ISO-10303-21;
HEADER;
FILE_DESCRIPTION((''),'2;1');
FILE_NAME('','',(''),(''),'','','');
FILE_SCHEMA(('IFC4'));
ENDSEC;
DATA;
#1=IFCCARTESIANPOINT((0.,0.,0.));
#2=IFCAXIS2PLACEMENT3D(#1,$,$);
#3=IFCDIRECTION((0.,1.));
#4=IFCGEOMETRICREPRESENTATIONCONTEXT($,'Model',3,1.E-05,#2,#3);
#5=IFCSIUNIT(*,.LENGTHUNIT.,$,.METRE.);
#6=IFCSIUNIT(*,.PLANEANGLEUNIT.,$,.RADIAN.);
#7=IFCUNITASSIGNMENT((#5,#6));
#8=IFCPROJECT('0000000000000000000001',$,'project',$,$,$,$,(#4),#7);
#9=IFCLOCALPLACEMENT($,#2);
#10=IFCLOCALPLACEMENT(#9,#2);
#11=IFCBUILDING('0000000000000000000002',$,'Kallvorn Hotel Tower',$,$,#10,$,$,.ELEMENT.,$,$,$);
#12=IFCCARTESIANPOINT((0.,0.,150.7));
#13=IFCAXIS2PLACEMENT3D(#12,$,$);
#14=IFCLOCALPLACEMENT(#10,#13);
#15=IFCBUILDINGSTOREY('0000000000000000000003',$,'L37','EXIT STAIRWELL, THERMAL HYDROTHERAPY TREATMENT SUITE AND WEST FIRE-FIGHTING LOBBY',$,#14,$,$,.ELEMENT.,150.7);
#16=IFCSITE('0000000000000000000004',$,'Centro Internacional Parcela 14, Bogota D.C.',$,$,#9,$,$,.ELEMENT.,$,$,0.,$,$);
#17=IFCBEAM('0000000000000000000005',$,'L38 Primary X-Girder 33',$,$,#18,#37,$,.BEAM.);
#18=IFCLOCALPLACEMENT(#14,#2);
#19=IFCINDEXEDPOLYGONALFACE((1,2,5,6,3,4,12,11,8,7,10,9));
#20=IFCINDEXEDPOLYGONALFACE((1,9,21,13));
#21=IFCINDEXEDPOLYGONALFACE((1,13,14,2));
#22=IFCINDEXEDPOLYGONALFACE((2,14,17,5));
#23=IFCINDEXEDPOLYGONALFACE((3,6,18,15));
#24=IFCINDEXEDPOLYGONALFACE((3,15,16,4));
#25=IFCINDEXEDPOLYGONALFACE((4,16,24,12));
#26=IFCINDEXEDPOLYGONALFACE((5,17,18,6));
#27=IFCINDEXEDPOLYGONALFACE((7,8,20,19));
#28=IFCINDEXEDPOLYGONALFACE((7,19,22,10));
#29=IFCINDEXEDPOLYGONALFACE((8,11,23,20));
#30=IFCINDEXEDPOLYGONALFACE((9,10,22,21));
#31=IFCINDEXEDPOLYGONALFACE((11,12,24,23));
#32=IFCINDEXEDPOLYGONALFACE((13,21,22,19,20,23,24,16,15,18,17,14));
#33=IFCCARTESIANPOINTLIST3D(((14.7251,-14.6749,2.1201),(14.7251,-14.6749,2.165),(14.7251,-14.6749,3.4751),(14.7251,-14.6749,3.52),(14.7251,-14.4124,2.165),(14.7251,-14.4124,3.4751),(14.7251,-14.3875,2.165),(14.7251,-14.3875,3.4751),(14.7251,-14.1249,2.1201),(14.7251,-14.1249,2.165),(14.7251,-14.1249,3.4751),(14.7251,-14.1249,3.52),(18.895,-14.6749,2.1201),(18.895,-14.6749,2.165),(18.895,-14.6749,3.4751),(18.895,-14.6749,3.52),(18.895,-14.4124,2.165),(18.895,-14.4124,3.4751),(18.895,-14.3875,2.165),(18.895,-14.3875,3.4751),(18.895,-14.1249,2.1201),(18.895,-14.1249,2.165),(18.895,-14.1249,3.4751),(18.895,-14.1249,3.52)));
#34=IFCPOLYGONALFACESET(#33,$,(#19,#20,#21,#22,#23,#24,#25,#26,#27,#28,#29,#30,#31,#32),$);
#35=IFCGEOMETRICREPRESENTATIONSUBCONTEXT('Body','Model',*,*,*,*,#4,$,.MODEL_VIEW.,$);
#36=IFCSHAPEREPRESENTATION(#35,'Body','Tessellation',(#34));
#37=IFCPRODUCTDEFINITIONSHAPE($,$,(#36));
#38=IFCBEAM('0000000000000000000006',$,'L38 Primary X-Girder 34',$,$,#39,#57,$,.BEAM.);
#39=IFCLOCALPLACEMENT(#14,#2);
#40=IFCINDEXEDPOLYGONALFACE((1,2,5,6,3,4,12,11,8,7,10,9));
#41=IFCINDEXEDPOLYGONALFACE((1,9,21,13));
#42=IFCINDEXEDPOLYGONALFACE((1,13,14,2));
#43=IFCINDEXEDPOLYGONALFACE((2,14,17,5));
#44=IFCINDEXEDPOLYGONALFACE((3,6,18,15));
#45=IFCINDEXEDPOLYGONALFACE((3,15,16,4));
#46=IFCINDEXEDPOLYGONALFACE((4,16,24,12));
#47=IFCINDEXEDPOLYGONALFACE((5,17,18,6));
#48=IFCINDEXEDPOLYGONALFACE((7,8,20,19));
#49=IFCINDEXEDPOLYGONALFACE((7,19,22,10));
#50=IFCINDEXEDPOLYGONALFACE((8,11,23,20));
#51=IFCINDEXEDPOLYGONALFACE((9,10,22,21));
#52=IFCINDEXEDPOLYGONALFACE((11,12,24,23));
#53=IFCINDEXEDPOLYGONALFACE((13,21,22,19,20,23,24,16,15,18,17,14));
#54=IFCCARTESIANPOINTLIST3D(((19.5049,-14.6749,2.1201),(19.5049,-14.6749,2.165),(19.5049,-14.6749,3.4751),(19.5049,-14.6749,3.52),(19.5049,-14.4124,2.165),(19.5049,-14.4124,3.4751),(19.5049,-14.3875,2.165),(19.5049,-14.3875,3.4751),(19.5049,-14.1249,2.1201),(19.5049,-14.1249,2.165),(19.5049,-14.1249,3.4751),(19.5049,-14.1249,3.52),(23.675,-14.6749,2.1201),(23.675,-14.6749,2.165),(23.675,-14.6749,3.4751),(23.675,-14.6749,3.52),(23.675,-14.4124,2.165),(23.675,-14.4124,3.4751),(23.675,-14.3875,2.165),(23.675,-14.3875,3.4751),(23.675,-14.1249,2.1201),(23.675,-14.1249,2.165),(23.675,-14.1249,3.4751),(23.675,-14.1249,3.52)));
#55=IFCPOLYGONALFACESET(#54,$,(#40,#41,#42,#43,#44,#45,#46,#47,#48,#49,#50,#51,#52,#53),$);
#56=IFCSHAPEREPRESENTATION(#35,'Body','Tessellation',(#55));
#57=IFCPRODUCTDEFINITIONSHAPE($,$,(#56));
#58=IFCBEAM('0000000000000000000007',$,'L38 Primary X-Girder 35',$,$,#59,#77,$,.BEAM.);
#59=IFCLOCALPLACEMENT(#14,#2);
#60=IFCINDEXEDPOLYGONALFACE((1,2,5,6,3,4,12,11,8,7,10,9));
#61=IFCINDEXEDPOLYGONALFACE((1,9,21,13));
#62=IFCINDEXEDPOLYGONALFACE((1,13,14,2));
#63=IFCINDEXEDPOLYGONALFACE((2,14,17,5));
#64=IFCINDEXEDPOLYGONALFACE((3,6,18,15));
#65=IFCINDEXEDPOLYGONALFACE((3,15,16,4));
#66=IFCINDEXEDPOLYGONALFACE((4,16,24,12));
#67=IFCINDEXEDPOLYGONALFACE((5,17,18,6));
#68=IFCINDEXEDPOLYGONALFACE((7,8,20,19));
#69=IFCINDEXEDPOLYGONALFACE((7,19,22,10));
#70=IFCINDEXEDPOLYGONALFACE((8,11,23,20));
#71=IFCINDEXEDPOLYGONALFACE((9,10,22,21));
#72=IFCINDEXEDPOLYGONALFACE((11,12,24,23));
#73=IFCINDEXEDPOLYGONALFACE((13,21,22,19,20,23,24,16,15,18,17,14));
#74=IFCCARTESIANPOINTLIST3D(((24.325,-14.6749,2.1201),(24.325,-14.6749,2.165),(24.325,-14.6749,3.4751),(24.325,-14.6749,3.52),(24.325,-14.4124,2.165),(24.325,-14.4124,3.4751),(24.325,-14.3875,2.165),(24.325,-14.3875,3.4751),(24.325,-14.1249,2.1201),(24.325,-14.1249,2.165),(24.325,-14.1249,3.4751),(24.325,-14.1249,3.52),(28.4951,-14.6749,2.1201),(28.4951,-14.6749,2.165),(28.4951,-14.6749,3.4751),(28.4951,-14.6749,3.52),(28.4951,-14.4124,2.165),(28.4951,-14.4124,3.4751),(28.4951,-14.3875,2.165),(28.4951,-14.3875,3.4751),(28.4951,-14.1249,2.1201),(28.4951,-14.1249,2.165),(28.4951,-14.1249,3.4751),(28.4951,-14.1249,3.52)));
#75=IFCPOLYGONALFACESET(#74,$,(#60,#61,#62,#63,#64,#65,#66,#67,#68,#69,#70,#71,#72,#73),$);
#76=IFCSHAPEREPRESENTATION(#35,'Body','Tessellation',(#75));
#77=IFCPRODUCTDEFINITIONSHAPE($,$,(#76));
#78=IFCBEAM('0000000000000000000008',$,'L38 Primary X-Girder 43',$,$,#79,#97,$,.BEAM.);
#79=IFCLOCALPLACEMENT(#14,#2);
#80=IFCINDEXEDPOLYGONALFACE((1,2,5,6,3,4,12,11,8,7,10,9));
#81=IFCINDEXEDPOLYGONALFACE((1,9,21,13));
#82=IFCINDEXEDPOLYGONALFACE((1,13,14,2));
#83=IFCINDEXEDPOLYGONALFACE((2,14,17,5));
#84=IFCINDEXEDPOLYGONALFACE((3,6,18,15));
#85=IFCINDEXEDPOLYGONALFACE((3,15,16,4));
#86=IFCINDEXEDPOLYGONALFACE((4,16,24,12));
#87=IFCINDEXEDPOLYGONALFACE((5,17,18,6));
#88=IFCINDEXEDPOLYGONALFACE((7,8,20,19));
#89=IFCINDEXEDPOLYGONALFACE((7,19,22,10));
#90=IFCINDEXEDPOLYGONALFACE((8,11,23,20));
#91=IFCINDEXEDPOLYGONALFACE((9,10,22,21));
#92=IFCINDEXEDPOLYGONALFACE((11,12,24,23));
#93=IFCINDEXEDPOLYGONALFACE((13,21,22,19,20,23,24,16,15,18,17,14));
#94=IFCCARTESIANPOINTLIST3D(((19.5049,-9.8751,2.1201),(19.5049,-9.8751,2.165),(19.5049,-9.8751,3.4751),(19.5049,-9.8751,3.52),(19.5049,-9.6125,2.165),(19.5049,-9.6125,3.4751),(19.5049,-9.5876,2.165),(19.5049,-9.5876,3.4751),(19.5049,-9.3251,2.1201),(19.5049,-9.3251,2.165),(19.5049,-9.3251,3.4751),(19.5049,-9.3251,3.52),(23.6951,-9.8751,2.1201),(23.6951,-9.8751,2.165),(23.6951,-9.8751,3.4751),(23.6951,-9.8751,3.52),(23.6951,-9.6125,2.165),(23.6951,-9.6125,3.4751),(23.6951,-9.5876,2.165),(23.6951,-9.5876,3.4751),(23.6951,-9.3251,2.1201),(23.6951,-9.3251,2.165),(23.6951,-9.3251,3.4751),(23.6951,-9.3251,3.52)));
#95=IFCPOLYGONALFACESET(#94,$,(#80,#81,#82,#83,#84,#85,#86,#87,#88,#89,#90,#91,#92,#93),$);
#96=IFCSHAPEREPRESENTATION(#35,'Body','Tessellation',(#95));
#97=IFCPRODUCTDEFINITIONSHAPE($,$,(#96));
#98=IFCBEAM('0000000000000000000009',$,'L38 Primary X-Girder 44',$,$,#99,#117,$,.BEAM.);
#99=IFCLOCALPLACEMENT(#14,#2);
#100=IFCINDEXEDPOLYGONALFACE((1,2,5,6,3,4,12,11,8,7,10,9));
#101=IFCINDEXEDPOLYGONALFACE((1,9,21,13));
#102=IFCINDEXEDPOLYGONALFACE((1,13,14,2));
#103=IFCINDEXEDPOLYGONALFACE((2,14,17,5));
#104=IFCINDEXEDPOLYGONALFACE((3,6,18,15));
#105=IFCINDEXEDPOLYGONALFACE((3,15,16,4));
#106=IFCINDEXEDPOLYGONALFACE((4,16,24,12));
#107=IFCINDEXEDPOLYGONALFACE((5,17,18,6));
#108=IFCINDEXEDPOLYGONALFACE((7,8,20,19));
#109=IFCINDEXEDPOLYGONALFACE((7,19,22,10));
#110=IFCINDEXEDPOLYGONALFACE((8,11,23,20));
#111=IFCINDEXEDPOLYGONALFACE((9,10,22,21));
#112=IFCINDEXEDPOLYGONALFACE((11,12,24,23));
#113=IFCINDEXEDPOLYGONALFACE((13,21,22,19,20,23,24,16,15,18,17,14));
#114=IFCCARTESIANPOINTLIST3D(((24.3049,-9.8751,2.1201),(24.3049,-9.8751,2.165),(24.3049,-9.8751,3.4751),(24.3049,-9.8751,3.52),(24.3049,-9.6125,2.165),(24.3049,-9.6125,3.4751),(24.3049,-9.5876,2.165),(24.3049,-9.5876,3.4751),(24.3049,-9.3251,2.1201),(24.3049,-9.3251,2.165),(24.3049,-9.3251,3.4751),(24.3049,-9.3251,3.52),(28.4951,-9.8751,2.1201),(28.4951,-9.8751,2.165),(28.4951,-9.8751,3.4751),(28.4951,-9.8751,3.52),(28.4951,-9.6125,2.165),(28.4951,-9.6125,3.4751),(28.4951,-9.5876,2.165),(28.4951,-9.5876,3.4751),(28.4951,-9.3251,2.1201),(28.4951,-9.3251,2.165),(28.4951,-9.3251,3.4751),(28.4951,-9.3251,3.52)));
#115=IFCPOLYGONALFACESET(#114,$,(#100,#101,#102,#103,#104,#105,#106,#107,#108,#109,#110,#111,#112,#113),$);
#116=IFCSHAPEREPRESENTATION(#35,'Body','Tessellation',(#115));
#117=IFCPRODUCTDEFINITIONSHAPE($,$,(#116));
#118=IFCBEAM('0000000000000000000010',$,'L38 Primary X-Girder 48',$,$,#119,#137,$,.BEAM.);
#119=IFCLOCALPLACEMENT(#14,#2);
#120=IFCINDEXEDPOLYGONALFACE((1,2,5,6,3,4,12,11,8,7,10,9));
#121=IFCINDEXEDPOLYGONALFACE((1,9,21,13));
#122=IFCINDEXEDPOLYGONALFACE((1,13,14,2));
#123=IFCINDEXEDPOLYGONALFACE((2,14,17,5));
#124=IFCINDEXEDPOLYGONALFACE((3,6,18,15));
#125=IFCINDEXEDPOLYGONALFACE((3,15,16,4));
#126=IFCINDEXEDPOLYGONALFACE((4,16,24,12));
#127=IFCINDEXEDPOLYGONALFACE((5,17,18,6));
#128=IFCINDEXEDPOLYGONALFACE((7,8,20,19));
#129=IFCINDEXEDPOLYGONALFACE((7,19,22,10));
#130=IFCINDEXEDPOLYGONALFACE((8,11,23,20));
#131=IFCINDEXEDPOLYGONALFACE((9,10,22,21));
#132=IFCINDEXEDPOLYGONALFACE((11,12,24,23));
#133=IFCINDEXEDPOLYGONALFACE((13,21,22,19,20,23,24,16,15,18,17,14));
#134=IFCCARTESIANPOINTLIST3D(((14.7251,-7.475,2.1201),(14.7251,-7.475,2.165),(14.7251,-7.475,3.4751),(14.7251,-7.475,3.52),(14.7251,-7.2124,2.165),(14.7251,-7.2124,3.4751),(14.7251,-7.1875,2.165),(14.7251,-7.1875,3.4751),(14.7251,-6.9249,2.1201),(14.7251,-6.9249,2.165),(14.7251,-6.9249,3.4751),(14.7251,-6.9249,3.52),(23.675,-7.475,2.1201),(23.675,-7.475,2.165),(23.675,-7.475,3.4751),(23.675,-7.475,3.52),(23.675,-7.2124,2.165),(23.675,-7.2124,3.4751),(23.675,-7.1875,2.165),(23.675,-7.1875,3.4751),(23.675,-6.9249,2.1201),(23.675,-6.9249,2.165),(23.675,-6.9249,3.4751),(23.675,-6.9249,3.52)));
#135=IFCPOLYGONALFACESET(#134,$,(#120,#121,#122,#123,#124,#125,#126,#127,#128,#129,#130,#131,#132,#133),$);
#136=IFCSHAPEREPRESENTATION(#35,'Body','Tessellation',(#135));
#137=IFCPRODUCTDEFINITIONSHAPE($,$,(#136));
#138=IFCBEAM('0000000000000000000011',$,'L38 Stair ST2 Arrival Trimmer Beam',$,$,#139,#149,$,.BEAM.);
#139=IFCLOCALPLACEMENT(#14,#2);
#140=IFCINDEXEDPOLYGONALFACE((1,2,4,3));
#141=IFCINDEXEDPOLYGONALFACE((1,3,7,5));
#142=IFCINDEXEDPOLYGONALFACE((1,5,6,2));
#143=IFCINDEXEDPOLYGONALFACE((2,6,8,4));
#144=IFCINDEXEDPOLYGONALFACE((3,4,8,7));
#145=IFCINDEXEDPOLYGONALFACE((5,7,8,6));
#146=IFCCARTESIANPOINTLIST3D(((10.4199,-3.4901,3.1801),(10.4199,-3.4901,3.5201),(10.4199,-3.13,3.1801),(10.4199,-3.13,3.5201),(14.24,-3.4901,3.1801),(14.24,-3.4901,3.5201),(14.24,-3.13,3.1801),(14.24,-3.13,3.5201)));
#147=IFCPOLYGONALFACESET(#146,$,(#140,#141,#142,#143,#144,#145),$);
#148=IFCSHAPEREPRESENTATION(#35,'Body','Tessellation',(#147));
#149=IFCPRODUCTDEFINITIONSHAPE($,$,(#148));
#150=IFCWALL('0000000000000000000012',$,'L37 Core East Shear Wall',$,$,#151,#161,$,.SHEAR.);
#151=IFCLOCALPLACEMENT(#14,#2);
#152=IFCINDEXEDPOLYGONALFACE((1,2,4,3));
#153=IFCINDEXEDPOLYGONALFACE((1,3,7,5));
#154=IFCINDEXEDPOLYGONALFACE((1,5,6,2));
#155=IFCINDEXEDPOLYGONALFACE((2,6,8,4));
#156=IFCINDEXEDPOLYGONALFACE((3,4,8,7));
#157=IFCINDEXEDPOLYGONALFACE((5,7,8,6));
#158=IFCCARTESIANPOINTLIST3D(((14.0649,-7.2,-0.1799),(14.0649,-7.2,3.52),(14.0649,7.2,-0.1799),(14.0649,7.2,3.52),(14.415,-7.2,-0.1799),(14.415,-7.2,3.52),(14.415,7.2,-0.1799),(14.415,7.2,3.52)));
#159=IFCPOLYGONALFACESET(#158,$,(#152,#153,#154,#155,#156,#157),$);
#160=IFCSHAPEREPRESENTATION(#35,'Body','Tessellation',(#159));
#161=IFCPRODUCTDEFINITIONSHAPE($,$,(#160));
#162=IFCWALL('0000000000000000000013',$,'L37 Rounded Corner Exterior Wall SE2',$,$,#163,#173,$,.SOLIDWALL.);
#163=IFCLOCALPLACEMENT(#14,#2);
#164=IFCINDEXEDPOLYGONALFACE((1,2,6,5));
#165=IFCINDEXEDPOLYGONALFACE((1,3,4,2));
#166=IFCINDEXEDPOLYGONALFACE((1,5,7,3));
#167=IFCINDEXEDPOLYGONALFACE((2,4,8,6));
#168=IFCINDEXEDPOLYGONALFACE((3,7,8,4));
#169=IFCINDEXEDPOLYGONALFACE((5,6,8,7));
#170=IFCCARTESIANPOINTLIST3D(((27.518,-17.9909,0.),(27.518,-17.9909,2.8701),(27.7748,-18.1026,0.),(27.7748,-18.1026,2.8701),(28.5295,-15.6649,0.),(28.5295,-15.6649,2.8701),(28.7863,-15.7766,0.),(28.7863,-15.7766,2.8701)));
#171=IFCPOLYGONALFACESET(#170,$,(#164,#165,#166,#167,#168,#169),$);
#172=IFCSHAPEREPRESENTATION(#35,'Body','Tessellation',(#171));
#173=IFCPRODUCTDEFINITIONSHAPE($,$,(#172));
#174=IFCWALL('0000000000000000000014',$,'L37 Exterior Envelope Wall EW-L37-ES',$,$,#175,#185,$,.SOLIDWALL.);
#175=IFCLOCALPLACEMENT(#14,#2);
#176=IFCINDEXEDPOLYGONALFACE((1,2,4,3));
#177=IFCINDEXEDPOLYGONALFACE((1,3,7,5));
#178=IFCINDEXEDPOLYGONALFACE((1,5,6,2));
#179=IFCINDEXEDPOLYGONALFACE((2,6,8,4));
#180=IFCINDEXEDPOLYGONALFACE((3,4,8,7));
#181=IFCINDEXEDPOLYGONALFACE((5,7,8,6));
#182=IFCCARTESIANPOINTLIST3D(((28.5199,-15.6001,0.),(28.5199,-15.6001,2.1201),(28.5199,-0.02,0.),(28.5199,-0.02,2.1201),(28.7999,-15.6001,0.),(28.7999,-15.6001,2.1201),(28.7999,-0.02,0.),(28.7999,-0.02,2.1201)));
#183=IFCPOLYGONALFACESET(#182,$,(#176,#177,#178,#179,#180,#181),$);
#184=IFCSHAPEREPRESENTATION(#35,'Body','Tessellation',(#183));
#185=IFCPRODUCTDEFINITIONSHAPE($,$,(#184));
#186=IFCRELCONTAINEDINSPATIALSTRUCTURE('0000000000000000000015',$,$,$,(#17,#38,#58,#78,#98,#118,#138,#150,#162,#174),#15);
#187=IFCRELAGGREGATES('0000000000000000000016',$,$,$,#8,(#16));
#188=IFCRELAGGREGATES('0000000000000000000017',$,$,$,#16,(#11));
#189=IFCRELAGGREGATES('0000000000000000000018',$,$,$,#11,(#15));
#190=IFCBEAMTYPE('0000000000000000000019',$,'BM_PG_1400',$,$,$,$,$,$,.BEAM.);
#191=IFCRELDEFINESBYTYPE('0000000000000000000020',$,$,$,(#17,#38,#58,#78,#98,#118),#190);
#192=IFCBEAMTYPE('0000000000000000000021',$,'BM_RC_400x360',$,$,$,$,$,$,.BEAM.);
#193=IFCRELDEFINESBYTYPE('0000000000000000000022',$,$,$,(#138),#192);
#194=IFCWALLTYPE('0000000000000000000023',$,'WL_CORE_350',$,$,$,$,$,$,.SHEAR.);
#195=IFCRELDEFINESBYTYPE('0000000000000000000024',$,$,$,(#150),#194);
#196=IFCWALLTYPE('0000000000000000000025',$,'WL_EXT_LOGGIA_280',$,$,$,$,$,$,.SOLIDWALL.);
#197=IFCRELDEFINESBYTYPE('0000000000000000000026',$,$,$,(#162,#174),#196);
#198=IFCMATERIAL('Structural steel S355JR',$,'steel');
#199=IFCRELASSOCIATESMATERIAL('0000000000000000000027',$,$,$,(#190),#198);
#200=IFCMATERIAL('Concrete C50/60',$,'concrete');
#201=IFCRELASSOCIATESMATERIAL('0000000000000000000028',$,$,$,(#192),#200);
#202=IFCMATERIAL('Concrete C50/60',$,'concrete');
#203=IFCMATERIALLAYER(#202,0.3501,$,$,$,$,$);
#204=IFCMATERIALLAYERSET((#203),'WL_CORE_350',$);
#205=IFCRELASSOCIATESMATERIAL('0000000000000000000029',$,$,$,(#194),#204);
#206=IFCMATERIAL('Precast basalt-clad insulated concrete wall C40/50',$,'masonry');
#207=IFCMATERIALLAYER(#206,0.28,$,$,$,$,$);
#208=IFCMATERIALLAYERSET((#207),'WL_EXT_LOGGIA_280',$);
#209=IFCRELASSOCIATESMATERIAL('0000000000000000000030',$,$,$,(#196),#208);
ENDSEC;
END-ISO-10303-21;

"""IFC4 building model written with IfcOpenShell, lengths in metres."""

from ifc_helpers import new_model, si_unit, direction, frame, frame_2d, origin, origin_2d, place, context, subcontext, project, spatial, rectangle, i_section, extrude, material, layer, layer_set, material_profile, profile_set, type_object, element, save


model = new_model("IFC4")

# Units and contexts
model_context = context("Model", 3, precision=1e-05, world=origin(), true_north=direction((0.0, 1.0)))
body_context = subcontext(model_context, "Body", "Model", "MODEL_VIEW")
ifc_project = project(units=[si_unit("LENGTHUNIT", "METRE"), si_unit("PLANEANGLEUNIT", "RADIAN")], contexts=[model_context])

# Site, building, storey
site_placement = place(None, origin())
site = spatial("IfcSite", under=ifc_project, at=site_placement, Name="Centro Internacional Parcela 14, Bogota D.C.", CompositionType="ELEMENT", RefElevation=0.0)
building_placement = place(site_placement, origin())
building = spatial("IfcBuilding", under=site, at=building_placement, Name="Kallvorn Hotel Tower", CompositionType="ELEMENT")
storey_placement = place(building_placement, frame((0.0, 0.0, 150.7)))
storey = spatial("IfcBuildingStorey", under=building, at=storey_placement, Name="L37", Description="EXIT STAIRWELL, THERMAL HYDROTHERAPY TREATMENT SUITE AND WEST FIRE-FIGHTING LOBBY", CompositionType="ELEMENT", Elevation=150.7)

# Beams
ifc_material_1 = material(Name="Structural steel S355JR", Category="steel")
ifc_material_profile_1 = material_profile(ifc_material_1, i_section(OverallWidth=0.55, OverallDepth=1.3999, WebThickness=0.0249, FlangeThickness=0.0449, at=origin_2d()), Name="PG 1400x550x25x45")
ifc_profile_set_1 = profile_set([ifc_material_profile_1], Name="Structural steel S355JR")
beam_type_1 = type_object("IfcBeamType", Name="BM_PG_1400", PredefinedType="BEAM", material=ifc_profile_set_1)
beam_1_placement = place(storey_placement, frame((14.7251, -14.3999, 2.8201), z_axis=(1.0, 0.0, 0.0), x_axis=(0.0, 1.0, 0.0)))
element("IfcBeam", 1, at=beam_1_placement, inside=storey, type_object=beam_type_1, Name="L38 Primary X-Girder 33", PredefinedType="BEAM", context=body_context, shape_type="SweptSolid", body=[
    extrude(i_section(OverallWidth=0.55, OverallDepth=1.3999, WebThickness=0.0249, FlangeThickness=0.0449, at=origin_2d()), origin(), (0.0, 0.0, 1.0), 4.1699),
])
for number, where, z_axis, x_axis, name in (
    (2, (19.5049, -14.3999, 2.8201), (1.0, 0.0, 0.0), (0.0, 1.0, 0.0), "L38 Primary X-Girder 34"),
    (3, (24.325, -14.3999, 2.8201), (1.0, 0.0, 0.0), (0.0, 1.0, 0.0), "L38 Primary X-Girder 35"),
):
    element("IfcBeam", number, at=place(storey_placement, frame(where, z_axis=z_axis, x_axis=x_axis)), inside=storey, type_object=beam_type_1, Name=name, PredefinedType="BEAM", context=body_context, shape_type="SweptSolid", body=[
        extrude(i_section(OverallWidth=0.55, OverallDepth=1.3999, WebThickness=0.0249, FlangeThickness=0.0449, at=origin_2d()), origin(), (0.0, 0.0, 1.0), 4.1702),
    ])
for number, where, z_axis, x_axis, name in (
    (4, (19.5049, -9.6001, 2.8201), (1.0, 0.0, 0.0), (0.0, 1.0, 0.0), "L38 Primary X-Girder 43"),
    (5, (24.3049, -9.6001, 2.8201), (1.0, 0.0, 0.0), (0.0, 1.0, 0.0), "L38 Primary X-Girder 44"),
):
    element("IfcBeam", number, at=place(storey_placement, frame(where, z_axis=z_axis, x_axis=x_axis)), inside=storey, type_object=beam_type_1, Name=name, PredefinedType="BEAM", context=body_context, shape_type="SweptSolid", body=[
        extrude(i_section(OverallWidth=0.55, OverallDepth=1.3999, WebThickness=0.0249, FlangeThickness=0.0449, at=origin_2d()), origin(), (0.0, 0.0, 1.0), 4.1902),
    ])
beam_2_placement = place(storey_placement, frame((14.7251, -7.2, 2.8201), z_axis=(1.0, 0.0, 0.0), x_axis=(0.0, 1.0, 0.0)))
element("IfcBeam", 6, at=beam_2_placement, inside=storey, type_object=beam_type_1, Name="L38 Primary X-Girder 48", PredefinedType="BEAM", context=body_context, shape_type="SweptSolid", body=[
    extrude(i_section(OverallWidth=0.55, OverallDepth=1.3999, WebThickness=0.0249, FlangeThickness=0.0449, at=origin_2d()), origin(), (0.0, 0.0, 1.0), 8.95),
])
ifc_material_2 = material(Name="Concrete C50/60", Category="concrete")
ifc_material_profile_2 = material_profile(ifc_material_2, rectangle(XDim=0.3601, YDim=0.3401, at=origin_2d()), Name="RC 360x340")
ifc_profile_set_2 = profile_set([ifc_material_profile_2], Name="Concrete C50/60")
beam_type_2 = type_object("IfcBeamType", Name="BM_RC_400x360", PredefinedType="BEAM", material=ifc_profile_set_2)
beam_3_placement = place(storey_placement, frame((14.24, -3.3101, 3.3501), z_axis=(-1.0, 0.0, 0.0), x_axis=(0.0, -1.0, 0.0)))
element("IfcBeam", 7, at=beam_3_placement, inside=storey, type_object=beam_type_2, Name="L38 Stair ST2 Arrival Trimmer Beam", PredefinedType="BEAM", context=body_context, shape_type="SweptSolid", body=[
    extrude(rectangle(XDim=0.3601, YDim=0.3401, at=origin_2d()), origin(), (0.0, 0.0, 1.0), 3.8201),
])

# Walls
ifc_material_3 = material(Name="Concrete C50/60", Category="concrete")
ifc_layer_1 = layer(ifc_material_3, 0.3501)
ifc_layer_set_1 = layer_set([ifc_layer_1], Name="WL_CORE_350")
wall_type_1 = type_object("IfcWallType", Name="WL_CORE_350", PredefinedType="SHEAR", material=ifc_layer_set_1)
wall_1_placement = place(storey_placement, frame((14.24, -7.2, -0.1799), z_axis=(0.0, 0.0, 1.0), x_axis=(0.0, 1.0, 0.0)))
element("IfcWall", 8, at=wall_1_placement, inside=storey, type_object=wall_type_1, Name="L37 Core East Shear Wall", PredefinedType="SHEAR", context=body_context, shape_type="SweptSolid", body=[
    extrude(rectangle(XDim=14.3999, YDim=0.3501, at=frame_2d((7.2, 0.0))), origin(), (0.0, 0.0, 1.0), 3.7),
])
ifc_material_4 = material(Name="Precast basalt-clad insulated concrete wall C40/50", Category="masonry")
ifc_layer_2 = layer(ifc_material_4, 0.28)
ifc_layer_set_2 = layer_set([ifc_layer_2], Name="WL_EXT_LOGGIA_280")
wall_type_2 = type_object("IfcWallType", Name="WL_EXT_LOGGIA_280", PredefinedType="SOLIDWALL", material=ifc_layer_set_2)
wall_2_placement = place(storey_placement, frame((27.6465, -18.0466, 0.0), z_axis=(0.0, 0.0, 1.0), x_axis=(0.398793, 0.917041, 0.0)))
element("IfcWall", 9, at=wall_2_placement, inside=storey, type_object=wall_type_2, Name="L37 Rounded Corner Exterior Wall SE2", PredefinedType="SOLIDWALL", context=body_context, shape_type="SweptSolid", body=[
    extrude(rectangle(XDim=2.5364, YDim=0.28, at=frame_2d((1.2681, 0.0))), origin(), (0.0, 0.0, 1.0), 2.8701),
])
wall_3_placement = place(storey_placement, frame((28.6599, -15.6001, 0.0), z_axis=(0.0, 0.0, 1.0), x_axis=(0.0, 1.0, 0.0)))
element("IfcWall", 10, at=wall_3_placement, inside=storey, type_object=wall_type_2, Name="L37 Exterior Envelope Wall EW-L37-ES", PredefinedType="SOLIDWALL", context=body_context, shape_type="SweptSolid", body=[
    extrude(rectangle(XDim=15.5801, YDim=0.28, at=frame_2d((7.79, 0.0))), origin(), (0.0, 0.0, 1.0), 2.1201),
])

save(model, "model.ifc")
